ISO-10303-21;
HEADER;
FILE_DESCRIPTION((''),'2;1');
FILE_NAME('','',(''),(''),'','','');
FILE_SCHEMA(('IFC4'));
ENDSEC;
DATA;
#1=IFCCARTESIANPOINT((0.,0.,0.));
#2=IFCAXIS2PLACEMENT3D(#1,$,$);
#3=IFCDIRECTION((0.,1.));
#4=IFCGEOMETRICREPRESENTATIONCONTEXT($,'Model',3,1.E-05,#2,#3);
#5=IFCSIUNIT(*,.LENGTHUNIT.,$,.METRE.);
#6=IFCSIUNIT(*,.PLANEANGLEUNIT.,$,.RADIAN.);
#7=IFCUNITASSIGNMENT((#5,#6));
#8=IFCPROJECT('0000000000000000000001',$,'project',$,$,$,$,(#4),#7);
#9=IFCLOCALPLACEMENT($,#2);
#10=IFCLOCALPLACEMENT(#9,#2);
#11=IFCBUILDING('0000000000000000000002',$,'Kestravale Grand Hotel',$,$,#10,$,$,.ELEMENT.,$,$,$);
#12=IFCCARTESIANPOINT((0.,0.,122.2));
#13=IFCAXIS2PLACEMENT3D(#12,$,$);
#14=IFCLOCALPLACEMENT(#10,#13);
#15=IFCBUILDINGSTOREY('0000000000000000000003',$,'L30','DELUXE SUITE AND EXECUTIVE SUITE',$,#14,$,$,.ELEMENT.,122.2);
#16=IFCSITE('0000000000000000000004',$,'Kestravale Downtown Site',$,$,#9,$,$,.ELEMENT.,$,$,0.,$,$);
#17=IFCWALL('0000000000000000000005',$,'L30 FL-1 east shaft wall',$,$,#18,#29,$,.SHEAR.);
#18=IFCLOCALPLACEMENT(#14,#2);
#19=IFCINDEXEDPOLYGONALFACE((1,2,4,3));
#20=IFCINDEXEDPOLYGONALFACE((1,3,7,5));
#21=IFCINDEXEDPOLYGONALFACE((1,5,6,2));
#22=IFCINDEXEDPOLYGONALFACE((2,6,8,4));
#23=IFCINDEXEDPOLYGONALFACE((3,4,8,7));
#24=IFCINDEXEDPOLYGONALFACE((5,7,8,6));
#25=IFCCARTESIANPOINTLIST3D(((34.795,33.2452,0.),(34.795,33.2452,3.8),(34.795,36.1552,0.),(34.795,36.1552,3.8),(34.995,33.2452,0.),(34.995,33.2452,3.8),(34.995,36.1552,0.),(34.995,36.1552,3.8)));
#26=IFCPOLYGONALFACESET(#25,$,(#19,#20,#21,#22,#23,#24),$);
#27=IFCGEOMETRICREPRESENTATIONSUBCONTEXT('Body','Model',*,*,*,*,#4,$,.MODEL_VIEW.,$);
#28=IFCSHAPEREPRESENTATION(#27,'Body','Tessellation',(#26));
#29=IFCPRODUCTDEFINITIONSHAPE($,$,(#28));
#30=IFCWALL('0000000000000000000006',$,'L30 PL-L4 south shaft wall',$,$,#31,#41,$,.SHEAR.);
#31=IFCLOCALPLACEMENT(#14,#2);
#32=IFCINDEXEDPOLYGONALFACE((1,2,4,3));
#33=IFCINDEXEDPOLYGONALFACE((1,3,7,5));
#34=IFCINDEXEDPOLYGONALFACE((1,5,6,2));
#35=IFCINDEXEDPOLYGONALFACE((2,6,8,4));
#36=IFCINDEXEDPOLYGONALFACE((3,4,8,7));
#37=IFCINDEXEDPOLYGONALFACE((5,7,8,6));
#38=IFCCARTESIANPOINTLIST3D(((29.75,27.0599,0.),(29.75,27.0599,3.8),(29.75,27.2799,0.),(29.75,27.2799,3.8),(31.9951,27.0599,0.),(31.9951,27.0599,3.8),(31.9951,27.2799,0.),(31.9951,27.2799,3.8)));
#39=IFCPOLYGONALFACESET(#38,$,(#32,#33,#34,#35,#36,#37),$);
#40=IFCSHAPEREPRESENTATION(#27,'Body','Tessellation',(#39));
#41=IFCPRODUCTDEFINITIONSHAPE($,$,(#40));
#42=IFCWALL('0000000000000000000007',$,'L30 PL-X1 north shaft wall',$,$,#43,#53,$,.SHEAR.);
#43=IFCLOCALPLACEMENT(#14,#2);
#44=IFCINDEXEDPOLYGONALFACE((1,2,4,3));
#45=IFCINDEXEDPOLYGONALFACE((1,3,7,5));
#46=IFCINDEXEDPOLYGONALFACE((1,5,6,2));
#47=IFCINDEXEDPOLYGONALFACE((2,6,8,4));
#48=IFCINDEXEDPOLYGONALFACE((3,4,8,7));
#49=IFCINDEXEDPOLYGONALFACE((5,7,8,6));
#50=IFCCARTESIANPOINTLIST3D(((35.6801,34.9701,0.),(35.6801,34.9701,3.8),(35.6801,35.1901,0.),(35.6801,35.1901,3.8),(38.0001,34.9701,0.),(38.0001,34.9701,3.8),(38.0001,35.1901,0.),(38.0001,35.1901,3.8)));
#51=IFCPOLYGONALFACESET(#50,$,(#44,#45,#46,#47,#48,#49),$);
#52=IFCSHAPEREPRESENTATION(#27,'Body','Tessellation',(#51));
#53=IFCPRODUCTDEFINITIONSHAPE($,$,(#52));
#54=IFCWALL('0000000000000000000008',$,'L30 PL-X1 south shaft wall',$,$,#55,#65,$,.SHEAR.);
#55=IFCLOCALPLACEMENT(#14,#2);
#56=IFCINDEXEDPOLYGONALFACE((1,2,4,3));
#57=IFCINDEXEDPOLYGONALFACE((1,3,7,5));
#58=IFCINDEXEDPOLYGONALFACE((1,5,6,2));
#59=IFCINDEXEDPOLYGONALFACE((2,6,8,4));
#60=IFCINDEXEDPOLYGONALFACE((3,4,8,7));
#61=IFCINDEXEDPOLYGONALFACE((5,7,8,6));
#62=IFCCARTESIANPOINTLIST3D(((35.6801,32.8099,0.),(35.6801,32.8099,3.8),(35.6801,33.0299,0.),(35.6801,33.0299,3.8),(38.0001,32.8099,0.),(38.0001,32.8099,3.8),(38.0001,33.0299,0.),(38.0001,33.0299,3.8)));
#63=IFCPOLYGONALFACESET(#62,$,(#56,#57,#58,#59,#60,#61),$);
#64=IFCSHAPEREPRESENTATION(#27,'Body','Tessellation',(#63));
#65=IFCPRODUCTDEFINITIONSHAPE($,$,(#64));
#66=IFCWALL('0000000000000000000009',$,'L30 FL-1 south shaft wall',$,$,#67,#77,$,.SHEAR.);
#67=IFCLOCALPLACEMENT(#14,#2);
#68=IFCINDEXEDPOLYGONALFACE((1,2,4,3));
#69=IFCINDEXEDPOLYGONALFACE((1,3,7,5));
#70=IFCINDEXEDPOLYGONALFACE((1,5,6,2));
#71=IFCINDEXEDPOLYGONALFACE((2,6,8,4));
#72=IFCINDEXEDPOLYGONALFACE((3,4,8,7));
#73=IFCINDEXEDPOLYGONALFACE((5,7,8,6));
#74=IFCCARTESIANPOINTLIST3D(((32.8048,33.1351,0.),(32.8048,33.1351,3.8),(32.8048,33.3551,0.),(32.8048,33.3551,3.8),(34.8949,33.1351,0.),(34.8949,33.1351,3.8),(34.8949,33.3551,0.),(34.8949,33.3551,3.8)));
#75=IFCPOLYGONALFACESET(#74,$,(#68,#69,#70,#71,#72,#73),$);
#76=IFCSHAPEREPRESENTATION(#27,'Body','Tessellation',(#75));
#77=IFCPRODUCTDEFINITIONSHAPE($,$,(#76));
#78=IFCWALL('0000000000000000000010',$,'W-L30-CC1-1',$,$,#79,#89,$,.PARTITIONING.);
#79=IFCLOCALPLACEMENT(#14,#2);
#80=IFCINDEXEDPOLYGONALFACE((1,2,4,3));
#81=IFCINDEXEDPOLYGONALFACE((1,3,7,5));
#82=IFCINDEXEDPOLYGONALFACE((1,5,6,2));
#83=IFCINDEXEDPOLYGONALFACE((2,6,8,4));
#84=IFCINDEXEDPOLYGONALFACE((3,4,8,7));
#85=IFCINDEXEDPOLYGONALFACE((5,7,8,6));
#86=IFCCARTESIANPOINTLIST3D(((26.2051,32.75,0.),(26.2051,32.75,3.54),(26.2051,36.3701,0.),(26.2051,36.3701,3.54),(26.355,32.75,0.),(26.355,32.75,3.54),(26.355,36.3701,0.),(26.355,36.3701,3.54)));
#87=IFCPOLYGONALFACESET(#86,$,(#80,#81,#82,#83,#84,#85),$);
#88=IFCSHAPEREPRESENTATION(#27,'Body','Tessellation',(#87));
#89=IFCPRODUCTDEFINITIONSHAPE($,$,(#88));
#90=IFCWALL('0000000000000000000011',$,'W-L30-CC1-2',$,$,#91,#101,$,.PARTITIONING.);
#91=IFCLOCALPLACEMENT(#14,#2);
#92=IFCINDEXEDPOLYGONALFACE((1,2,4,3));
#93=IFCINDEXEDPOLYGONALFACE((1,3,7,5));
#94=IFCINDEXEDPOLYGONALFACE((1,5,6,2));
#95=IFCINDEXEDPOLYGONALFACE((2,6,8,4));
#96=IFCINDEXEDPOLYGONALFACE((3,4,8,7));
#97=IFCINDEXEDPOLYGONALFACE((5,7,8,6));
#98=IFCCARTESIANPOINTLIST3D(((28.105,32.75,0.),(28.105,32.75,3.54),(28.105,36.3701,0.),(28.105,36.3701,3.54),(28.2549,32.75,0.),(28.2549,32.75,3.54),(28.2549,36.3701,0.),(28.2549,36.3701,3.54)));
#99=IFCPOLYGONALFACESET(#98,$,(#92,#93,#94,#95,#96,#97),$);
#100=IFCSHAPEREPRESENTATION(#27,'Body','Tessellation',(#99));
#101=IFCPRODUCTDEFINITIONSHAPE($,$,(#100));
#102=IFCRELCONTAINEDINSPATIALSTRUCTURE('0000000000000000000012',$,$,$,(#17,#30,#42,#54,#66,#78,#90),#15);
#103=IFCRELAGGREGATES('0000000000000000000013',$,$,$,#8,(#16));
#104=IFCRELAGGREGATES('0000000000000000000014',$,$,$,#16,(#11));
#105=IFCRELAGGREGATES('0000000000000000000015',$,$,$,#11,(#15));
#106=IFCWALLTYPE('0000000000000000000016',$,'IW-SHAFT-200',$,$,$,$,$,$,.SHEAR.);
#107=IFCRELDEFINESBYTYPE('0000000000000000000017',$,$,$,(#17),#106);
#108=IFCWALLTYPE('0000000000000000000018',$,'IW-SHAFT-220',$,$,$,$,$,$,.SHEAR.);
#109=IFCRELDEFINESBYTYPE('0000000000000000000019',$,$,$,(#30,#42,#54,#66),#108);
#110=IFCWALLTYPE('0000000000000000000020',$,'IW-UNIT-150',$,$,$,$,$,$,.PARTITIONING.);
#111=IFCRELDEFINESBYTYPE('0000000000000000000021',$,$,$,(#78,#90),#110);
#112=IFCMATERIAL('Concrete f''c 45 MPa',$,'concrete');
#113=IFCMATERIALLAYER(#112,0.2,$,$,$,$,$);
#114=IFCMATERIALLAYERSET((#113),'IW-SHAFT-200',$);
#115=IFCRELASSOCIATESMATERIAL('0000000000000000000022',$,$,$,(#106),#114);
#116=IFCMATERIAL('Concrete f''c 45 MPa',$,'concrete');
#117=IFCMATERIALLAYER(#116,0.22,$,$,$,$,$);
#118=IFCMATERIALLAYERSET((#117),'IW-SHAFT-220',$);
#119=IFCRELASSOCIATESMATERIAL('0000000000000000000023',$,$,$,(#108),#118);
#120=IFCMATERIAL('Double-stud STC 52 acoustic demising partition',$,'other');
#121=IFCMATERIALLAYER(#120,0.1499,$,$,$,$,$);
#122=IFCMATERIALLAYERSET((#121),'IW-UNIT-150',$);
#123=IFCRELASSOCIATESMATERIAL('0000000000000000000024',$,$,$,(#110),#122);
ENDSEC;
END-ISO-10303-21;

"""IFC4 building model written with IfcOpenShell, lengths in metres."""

from ifc_helpers import new_model, si_unit, direction, frame, frame_2d, origin, place, context, subcontext, project, spatial, rectangle, extrude, material, layer, layer_set, type_object, element, save


model = new_model("IFC4")

# Units and contexts
model_context = context("Model", 3, precision=1e-05, world=origin(), true_north=direction((0.0, 1.0)))
body_context = subcontext(model_context, "Body", "Model", "MODEL_VIEW")
ifc_project = project(units=[si_unit("LENGTHUNIT", "METRE"), si_unit("PLANEANGLEUNIT", "RADIAN")], contexts=[model_context])

# Site, building, storey
site_placement = place(None, origin())
site = spatial("IfcSite", under=ifc_project, at=site_placement, Name="Kestravale Downtown Site", CompositionType="ELEMENT", RefElevation=0.0)
building_placement = place(site_placement, origin())
building = spatial("IfcBuilding", under=site, at=building_placement, Name="Kestravale Grand Hotel", CompositionType="ELEMENT")
storey_placement = place(building_placement, frame((0.0, 0.0, 122.2)))
storey = spatial("IfcBuildingStorey", under=building, at=storey_placement, Name="L30", Description="DELUXE SUITE AND EXECUTIVE SUITE", CompositionType="ELEMENT", Elevation=122.2)

# Wall
ifc_material_1 = material(Name="Concrete f'c 45 MPa", Category="concrete")
ifc_layer_1 = layer(ifc_material_1, 0.2)
ifc_layer_set_1 = layer_set([ifc_layer_1], Name="IW-SHAFT-200")
wall_type_1 = type_object("IfcWallType", Name="IW-SHAFT-200", PredefinedType="SHEAR", material=ifc_layer_set_1)
for number, where, z_axis, x_axis, name in (
    (1, (34.895, 33.2451, 0.0), (0.0, 0.0, 1.0), (0.0, 1.0, 0.0), "L30 FL-1 east shaft wall"),
):
    element("IfcWall", number, at=place(storey_placement, frame(where, z_axis=z_axis, x_axis=x_axis)), inside=storey, type_object=wall_type_1, Name=name, PredefinedType="SHEAR", context=body_context, shape_type="SweptSolid", body=[
        extrude(rectangle(XDim=2.9099, YDim=0.2, at=frame_2d((1.4551, 0.0))), origin(), (0.0, 0.0, 1.0), 3.8),
    ])

# Shared definitions
ifc_material_2 = material(Name="Concrete f'c 45 MPa", Category="concrete")
ifc_layer_2 = layer(ifc_material_2, 0.22)
ifc_layer_set_2 = layer_set([ifc_layer_2], Name="IW-SHAFT-220")
wall_type_2 = type_object("IfcWallType", Name="IW-SHAFT-220", PredefinedType="SHEAR", material=ifc_layer_set_2)

# Walls
wall_1_placement = place(storey_placement, frame((29.75, 27.1699, 0.0), z_axis=(0.0, 0.0, 1.0), x_axis=(1.0, 0.0, 0.0)))
element("IfcWall", 2, at=wall_1_placement, inside=storey, type_object=wall_type_2, Name="L30 PL-L4 south shaft wall", PredefinedType="SHEAR", context=body_context, shape_type="SweptSolid", body=[
    extrude(rectangle(XDim=2.2451, YDim=0.22, at=frame_2d((1.1226, 0.0))), origin(), (0.0, 0.0, 1.0), 3.8),
])
for number, where, z_axis, x_axis, name in (
    (3, (35.6799, 35.0801, 0.0), (0.0, 0.0, 1.0), (1.0, 0.0, 0.0), "L30 PL-X1 north shaft wall"),
    (4, (35.6799, 32.9199, 0.0), (0.0, 0.0, 1.0), (1.0, 0.0, 0.0), "L30 PL-X1 south shaft wall"),
):
    element("IfcWall", number, at=place(storey_placement, frame(where, z_axis=z_axis, x_axis=x_axis)), inside=storey, type_object=wall_type_2, Name=name, PredefinedType="SHEAR", context=body_context, shape_type="SweptSolid", body=[
        extrude(rectangle(XDim=2.3201, YDim=0.22, at=frame_2d((1.1602, 0.0))), origin(), (0.0, 0.0, 1.0), 3.8),
    ])
wall_2_placement = place(storey_placement, frame((32.8049, 33.2451, 0.0), z_axis=(0.0, 0.0, 1.0), x_axis=(1.0, 0.0, 0.0)))
element("IfcWall", 5, at=wall_2_placement, inside=storey, type_object=wall_type_2, Name="L30 FL-1 south shaft wall", PredefinedType="SHEAR", context=body_context, shape_type="SweptSolid", body=[
    extrude(rectangle(XDim=2.0901, YDim=0.22, at=frame_2d((1.0449, 0.0))), origin(), (0.0, 0.0, 1.0), 3.8),
])
ifc_material_3 = material(Name="Double-stud STC 52 acoustic demising partition", Category="other")
ifc_layer_3 = layer(ifc_material_3, 0.1499)
ifc_layer_set_3 = layer_set([ifc_layer_3], Name="IW-UNIT-150")
wall_type_3 = type_object("IfcWallType", Name="IW-UNIT-150", PredefinedType="PARTITIONING", material=ifc_layer_set_3)
for number, where, z_axis, x_axis, name in (
    (6, (26.28, 32.75, 0.0), (0.0, 0.0, 1.0), (0.0, 1.0, 0.0), "W-L30-CC1-1"),
    (7, (28.1799, 32.75, 0.0), (0.0, 0.0, 1.0), (0.0, 1.0, 0.0), "W-L30-CC1-2"),
):
    element("IfcWall", number, at=place(storey_placement, frame(where, z_axis=z_axis, x_axis=x_axis)), inside=storey, type_object=wall_type_3, Name=name, PredefinedType="PARTITIONING", context=body_context, shape_type="SweptSolid", body=[
        extrude(rectangle(XDim=3.6201, YDim=0.1499, at=frame_2d((1.8101, 0.0))), origin(), (0.0, 0.0, 1.0), 3.54),
    ])

save(model, "model.ifc")
